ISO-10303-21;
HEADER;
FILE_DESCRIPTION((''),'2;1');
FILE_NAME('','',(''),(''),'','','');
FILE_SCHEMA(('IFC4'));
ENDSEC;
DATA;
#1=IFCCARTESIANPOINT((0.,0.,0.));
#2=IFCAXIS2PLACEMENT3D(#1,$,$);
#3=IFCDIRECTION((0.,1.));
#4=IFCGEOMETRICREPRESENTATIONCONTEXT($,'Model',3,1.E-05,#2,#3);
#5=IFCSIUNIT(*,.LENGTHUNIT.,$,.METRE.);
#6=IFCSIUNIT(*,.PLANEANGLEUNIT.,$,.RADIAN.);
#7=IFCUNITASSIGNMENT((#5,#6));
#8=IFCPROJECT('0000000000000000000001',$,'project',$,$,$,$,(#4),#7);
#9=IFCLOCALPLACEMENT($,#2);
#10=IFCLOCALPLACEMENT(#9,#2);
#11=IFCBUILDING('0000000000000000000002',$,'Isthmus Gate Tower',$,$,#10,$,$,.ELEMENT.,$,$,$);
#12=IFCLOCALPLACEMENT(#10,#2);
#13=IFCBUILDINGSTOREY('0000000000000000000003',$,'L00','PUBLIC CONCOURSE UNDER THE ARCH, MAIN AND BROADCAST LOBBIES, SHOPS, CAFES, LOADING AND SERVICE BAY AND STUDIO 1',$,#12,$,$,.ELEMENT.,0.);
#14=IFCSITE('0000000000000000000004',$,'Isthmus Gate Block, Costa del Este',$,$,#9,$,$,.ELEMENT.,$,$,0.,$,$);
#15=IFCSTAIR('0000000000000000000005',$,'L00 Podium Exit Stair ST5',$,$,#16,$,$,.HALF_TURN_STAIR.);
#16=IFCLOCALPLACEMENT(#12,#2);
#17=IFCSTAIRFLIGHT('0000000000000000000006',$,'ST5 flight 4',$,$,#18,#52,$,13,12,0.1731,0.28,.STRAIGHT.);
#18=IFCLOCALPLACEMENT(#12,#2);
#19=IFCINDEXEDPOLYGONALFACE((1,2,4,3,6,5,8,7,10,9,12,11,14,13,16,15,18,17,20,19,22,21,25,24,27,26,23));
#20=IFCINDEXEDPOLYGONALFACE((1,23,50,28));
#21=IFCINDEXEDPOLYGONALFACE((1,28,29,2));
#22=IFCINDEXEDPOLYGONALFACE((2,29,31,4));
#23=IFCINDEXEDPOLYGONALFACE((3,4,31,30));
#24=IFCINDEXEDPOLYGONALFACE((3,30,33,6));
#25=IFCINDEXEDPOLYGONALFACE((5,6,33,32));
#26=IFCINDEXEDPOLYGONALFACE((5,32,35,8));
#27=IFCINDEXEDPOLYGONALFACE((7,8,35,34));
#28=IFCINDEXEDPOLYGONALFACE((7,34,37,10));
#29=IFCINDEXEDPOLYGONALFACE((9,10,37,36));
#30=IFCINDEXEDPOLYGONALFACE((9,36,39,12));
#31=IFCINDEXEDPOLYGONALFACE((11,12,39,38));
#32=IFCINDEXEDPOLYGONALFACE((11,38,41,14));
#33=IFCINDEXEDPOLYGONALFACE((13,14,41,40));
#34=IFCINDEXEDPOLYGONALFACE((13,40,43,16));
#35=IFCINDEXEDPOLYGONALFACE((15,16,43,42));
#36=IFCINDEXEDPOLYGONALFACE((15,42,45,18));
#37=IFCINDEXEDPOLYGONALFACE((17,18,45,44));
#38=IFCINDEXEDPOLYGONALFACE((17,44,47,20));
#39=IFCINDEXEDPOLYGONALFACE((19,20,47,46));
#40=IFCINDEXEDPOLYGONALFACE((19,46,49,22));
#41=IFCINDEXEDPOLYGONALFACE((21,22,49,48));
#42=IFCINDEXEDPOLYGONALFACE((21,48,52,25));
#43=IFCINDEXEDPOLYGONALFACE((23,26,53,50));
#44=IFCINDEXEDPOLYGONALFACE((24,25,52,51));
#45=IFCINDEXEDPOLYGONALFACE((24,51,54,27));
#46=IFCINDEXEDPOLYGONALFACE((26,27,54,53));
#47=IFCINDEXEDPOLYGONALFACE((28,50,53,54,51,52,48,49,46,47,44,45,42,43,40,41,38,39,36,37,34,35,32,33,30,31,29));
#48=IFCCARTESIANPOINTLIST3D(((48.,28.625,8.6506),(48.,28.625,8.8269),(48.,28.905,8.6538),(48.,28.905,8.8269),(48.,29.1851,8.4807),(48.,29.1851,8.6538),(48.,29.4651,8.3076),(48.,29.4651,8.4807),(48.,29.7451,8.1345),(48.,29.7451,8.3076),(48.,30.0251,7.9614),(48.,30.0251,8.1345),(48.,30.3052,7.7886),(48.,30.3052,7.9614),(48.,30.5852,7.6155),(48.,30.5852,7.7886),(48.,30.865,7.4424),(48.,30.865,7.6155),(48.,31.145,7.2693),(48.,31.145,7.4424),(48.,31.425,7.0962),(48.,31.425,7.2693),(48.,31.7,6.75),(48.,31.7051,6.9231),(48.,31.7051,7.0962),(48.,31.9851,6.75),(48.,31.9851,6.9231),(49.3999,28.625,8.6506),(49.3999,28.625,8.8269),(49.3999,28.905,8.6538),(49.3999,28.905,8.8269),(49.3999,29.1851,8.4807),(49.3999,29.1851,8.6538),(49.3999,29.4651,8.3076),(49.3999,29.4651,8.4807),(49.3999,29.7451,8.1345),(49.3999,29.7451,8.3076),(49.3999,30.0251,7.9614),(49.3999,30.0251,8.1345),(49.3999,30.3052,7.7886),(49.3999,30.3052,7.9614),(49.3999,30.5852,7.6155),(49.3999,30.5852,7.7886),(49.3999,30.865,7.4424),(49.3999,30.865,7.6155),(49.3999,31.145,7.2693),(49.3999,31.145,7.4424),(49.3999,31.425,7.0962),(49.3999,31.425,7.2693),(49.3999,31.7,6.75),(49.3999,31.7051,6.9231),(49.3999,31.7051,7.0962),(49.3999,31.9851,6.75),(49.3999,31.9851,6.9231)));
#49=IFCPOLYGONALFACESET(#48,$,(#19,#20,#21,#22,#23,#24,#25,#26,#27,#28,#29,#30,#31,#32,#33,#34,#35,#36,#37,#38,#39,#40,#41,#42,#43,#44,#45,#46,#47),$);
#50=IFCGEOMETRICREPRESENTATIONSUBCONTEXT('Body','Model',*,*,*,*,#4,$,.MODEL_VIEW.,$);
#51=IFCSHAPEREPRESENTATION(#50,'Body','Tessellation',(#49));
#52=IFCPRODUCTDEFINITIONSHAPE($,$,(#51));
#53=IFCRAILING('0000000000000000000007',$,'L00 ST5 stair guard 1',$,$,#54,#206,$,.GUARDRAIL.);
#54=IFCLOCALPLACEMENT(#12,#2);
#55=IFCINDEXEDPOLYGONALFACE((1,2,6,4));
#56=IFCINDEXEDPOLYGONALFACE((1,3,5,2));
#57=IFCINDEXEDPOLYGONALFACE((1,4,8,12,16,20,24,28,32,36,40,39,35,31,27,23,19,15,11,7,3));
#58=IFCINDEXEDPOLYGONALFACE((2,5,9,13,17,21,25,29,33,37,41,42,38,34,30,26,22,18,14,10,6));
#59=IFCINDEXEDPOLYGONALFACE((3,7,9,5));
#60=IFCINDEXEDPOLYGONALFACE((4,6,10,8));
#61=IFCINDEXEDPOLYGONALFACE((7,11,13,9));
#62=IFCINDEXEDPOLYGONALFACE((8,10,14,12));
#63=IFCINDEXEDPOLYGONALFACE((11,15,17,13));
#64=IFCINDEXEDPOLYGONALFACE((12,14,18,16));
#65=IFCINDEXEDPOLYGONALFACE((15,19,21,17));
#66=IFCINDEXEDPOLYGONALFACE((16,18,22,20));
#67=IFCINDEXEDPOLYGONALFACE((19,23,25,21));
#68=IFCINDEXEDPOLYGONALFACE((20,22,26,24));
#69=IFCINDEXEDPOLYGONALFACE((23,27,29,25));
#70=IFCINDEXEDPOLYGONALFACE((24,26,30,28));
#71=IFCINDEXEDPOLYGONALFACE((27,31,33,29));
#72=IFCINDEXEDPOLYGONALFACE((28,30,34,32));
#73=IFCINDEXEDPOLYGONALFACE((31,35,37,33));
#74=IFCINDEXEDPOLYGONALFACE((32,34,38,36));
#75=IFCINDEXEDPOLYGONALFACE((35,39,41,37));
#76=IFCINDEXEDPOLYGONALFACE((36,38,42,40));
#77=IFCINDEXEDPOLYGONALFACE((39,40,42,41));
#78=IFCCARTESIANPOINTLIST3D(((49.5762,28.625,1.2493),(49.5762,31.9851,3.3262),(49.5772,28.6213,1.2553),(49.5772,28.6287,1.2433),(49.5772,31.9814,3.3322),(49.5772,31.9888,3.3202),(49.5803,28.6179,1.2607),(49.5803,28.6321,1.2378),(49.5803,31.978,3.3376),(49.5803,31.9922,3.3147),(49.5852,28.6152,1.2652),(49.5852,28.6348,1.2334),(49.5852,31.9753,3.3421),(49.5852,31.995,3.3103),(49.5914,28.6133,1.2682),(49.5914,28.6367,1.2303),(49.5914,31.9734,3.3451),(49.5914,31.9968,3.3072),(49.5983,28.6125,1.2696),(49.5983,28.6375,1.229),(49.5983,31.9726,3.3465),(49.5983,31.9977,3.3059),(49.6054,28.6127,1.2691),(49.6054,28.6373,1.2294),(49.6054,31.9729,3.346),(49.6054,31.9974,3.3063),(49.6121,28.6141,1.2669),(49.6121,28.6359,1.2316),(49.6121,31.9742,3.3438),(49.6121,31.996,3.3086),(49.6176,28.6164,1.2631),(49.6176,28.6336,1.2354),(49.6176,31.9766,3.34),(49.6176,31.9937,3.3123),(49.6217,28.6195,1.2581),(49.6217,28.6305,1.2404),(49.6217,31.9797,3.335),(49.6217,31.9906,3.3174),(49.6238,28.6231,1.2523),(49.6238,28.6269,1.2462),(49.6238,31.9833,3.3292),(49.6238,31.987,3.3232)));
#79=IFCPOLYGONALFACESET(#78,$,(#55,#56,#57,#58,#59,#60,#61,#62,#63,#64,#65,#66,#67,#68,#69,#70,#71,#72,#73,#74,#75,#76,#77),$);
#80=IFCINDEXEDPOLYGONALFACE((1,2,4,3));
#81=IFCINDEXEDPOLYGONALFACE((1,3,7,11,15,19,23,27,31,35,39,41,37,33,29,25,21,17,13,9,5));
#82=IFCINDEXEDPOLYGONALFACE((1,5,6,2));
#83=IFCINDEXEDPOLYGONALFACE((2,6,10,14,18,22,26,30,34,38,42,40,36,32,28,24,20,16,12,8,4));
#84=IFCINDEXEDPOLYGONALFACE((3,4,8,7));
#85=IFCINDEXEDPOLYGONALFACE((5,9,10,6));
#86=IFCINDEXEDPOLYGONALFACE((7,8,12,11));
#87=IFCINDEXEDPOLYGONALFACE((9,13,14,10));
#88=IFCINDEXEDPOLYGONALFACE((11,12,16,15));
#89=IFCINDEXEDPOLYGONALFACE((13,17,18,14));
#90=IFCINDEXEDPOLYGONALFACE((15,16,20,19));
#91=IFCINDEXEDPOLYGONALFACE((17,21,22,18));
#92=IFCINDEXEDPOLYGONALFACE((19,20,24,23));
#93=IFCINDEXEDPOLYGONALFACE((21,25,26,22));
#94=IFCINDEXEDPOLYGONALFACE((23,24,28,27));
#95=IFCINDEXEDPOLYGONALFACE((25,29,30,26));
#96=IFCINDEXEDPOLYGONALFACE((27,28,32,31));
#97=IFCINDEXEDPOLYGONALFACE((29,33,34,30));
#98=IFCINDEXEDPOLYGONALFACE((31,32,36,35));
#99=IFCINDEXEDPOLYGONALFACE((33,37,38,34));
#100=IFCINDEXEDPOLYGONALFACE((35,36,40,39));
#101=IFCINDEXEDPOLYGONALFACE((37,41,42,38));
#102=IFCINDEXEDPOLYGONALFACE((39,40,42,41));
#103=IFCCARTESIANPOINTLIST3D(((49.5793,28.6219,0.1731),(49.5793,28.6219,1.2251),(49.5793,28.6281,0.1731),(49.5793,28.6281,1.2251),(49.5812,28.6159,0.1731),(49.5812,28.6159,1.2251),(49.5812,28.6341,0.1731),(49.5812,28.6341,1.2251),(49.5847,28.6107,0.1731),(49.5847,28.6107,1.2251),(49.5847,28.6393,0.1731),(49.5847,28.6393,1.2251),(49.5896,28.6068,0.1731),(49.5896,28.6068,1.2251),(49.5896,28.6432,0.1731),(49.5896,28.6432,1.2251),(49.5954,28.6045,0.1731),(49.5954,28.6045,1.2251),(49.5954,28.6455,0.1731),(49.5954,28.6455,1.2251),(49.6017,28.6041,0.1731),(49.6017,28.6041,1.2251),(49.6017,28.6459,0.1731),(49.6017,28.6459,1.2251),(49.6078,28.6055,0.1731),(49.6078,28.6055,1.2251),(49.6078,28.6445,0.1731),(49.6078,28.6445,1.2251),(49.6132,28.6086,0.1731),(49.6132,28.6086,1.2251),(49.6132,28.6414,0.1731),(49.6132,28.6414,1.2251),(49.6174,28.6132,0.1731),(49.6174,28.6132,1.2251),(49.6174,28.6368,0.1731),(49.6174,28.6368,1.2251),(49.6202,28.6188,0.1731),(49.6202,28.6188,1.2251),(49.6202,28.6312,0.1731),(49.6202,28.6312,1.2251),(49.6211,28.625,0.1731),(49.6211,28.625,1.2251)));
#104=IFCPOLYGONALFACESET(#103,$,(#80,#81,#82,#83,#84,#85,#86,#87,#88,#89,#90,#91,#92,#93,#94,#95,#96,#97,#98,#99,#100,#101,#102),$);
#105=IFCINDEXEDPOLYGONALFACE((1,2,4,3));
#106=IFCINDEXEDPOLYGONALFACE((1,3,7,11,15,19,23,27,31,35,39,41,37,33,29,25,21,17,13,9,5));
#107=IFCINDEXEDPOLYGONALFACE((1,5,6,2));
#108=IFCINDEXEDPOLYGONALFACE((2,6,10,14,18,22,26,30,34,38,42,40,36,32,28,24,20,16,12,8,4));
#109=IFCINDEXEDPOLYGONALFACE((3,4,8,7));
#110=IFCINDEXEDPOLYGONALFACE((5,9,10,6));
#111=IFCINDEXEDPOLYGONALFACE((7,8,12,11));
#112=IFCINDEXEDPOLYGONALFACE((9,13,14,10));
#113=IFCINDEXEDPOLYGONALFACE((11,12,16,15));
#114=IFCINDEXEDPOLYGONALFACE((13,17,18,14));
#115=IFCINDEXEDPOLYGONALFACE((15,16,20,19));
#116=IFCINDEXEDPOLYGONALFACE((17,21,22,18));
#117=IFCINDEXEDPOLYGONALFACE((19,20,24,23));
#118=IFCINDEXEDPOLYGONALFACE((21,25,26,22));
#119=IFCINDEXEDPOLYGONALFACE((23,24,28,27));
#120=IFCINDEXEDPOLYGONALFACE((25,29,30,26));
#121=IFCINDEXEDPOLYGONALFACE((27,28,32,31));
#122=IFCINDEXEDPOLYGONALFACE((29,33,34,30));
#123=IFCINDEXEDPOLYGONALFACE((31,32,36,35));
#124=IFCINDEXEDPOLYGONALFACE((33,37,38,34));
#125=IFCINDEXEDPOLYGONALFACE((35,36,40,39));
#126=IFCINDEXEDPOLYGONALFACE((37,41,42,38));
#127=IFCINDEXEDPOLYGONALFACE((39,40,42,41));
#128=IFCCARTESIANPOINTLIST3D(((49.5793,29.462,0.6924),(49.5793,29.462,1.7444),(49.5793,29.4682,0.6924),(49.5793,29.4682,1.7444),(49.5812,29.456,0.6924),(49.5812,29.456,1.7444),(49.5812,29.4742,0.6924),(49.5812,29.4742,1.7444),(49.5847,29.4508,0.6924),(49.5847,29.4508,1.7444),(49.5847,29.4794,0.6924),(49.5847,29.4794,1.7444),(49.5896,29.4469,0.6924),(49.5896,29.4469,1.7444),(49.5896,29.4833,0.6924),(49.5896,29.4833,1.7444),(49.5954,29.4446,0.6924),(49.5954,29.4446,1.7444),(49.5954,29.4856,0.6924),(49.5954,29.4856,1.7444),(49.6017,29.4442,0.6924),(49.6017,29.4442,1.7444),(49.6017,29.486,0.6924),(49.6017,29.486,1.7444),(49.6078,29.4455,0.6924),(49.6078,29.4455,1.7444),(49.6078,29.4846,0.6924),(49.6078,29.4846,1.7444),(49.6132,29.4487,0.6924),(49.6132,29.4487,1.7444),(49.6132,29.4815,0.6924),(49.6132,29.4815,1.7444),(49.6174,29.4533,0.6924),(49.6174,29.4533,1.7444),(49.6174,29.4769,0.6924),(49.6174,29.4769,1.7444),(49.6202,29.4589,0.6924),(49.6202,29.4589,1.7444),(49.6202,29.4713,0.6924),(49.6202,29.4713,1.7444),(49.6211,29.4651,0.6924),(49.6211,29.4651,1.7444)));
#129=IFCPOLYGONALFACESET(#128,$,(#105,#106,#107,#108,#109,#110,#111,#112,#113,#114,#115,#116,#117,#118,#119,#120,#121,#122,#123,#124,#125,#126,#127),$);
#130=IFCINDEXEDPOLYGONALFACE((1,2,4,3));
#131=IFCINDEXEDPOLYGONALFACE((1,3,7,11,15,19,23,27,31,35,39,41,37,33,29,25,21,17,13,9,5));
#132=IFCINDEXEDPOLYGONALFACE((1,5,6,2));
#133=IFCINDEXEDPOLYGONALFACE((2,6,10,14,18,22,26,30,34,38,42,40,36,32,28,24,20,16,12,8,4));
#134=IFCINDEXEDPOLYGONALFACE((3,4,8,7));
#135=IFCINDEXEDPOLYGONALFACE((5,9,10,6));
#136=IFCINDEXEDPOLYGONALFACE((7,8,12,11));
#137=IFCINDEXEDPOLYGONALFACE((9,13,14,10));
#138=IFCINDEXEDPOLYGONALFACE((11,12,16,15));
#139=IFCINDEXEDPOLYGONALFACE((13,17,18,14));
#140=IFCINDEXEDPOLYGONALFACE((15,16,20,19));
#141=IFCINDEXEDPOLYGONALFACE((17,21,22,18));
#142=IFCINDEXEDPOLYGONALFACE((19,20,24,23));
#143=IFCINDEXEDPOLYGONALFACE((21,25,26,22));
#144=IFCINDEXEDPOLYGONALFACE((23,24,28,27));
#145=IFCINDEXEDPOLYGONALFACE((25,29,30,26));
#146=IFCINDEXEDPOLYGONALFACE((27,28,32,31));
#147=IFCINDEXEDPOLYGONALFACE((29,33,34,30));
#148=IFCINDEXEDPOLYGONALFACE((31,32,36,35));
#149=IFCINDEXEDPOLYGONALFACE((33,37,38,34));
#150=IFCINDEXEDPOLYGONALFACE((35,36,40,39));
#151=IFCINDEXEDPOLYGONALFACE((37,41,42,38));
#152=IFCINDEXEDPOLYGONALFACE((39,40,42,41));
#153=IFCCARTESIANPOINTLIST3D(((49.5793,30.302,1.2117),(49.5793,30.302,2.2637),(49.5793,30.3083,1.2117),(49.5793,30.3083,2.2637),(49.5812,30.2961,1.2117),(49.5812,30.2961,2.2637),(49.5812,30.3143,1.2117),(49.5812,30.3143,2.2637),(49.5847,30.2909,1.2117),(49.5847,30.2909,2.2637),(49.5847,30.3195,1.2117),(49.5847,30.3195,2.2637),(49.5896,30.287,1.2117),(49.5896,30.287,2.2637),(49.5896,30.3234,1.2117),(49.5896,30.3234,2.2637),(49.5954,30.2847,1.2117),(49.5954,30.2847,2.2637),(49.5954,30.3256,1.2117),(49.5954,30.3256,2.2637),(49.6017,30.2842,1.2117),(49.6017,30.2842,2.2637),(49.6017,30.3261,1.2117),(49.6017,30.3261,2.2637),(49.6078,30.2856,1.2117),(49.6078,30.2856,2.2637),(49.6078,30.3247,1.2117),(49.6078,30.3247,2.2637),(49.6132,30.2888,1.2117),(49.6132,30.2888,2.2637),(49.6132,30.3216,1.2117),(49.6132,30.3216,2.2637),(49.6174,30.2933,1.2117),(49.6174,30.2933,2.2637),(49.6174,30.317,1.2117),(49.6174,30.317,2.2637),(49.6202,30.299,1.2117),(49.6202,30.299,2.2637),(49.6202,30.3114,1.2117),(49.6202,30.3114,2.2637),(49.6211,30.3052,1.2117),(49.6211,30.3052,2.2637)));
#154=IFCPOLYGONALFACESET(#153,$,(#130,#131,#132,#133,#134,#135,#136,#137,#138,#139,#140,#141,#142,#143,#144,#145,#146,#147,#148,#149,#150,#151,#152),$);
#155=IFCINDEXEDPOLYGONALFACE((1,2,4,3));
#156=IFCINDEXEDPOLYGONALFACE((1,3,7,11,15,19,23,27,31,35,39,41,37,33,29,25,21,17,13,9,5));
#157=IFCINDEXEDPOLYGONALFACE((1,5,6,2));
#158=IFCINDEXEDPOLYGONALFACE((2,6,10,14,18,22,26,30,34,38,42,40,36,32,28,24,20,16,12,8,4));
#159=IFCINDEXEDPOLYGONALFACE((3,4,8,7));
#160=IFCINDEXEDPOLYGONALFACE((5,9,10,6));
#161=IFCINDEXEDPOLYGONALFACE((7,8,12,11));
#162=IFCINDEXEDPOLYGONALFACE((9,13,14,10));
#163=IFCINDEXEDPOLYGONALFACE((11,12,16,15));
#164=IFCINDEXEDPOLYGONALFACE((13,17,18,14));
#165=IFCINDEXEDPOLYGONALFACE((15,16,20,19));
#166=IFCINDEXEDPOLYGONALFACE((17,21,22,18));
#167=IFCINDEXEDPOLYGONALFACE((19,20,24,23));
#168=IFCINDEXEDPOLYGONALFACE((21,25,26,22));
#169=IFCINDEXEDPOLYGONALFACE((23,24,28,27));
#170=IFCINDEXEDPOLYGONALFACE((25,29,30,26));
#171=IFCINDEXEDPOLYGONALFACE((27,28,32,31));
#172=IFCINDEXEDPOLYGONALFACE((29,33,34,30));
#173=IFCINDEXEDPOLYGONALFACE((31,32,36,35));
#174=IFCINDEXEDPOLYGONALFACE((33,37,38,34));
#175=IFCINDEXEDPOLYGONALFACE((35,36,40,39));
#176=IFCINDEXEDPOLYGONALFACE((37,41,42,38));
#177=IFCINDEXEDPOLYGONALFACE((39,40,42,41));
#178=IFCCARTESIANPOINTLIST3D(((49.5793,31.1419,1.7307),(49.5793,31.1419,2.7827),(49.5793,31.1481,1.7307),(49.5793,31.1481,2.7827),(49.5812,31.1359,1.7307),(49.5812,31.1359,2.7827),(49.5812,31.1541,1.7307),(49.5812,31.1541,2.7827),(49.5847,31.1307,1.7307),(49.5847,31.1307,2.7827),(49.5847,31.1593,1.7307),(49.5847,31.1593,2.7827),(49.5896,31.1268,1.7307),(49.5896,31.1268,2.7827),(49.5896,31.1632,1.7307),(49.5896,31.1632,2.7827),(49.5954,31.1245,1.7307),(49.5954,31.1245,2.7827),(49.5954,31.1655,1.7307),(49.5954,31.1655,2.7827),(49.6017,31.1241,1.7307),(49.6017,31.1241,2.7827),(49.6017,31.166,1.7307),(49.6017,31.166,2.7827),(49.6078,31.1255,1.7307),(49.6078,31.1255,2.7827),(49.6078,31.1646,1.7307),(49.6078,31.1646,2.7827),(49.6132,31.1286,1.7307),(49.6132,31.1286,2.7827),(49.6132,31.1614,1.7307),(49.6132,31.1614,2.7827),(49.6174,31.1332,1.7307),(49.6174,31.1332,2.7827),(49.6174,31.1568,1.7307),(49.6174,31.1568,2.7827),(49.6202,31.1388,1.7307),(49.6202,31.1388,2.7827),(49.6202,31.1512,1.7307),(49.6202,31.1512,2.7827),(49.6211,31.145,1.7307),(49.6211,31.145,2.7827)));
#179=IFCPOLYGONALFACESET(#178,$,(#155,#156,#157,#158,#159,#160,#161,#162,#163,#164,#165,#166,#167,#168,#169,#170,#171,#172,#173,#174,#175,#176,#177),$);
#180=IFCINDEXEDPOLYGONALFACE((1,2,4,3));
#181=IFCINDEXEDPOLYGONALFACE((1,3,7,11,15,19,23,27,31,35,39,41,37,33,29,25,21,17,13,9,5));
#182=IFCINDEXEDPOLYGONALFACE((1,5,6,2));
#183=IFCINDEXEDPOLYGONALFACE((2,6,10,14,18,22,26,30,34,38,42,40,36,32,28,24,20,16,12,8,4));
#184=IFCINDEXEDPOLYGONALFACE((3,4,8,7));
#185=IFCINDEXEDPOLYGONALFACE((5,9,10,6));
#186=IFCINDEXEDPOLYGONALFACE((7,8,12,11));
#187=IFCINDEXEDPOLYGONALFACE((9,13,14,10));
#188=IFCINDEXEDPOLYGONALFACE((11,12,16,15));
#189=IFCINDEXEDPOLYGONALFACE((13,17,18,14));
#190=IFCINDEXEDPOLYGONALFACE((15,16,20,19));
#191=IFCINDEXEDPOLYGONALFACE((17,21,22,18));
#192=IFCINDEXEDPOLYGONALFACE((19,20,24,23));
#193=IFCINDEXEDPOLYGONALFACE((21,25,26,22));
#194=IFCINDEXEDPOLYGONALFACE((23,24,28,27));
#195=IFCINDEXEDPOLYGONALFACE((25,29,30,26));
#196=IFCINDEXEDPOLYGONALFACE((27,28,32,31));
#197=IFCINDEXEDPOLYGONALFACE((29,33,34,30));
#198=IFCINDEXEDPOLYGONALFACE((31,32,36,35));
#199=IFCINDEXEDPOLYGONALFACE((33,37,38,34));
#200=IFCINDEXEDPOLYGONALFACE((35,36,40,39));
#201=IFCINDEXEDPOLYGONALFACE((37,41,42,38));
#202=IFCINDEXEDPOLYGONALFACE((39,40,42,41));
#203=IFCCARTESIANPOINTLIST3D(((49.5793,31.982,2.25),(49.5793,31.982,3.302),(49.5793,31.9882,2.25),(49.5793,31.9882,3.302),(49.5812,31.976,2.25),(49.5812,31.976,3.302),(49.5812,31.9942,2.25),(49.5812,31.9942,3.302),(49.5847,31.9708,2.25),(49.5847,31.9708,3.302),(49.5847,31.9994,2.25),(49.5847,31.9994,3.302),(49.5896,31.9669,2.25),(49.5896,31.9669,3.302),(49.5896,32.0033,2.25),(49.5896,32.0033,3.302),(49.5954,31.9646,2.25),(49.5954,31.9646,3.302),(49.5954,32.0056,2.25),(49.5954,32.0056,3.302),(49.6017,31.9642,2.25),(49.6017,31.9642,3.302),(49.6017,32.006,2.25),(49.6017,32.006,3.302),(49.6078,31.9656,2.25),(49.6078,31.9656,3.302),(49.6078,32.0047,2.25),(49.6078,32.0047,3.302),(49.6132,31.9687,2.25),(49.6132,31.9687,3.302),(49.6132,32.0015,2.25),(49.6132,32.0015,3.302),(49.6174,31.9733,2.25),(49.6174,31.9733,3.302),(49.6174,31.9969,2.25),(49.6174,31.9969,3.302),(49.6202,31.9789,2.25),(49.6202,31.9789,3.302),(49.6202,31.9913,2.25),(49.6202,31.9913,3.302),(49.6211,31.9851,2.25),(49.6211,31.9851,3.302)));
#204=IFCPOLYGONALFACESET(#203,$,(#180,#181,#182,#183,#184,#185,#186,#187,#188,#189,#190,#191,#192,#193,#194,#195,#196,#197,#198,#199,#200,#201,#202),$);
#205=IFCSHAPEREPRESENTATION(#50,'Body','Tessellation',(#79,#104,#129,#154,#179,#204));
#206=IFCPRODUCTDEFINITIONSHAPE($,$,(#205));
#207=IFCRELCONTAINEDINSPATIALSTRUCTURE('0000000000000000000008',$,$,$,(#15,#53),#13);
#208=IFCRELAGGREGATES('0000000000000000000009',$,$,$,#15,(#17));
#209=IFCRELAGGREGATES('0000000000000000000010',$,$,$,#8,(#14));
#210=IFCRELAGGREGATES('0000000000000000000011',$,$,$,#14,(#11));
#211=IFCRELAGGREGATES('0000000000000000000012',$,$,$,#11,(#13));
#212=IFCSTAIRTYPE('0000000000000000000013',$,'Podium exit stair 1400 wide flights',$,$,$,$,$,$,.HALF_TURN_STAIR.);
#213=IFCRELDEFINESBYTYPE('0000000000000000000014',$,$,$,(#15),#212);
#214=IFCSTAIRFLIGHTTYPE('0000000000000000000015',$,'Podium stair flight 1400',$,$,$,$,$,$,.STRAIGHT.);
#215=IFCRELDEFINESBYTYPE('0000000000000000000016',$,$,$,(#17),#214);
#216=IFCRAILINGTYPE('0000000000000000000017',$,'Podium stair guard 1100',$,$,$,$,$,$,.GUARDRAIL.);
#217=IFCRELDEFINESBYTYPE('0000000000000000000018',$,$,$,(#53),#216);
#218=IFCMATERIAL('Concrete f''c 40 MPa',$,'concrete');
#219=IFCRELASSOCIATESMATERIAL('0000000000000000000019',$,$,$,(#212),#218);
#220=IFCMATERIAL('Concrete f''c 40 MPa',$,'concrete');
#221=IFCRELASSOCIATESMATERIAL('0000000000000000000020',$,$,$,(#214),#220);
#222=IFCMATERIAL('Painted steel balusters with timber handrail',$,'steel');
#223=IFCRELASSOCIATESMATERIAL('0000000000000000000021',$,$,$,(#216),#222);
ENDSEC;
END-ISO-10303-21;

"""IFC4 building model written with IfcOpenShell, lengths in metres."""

from ifc_helpers import new_model, si_unit, direction, frame, origin, origin_2d, place, context, subcontext, project, spatial, polyline, circle, outline, extrude, material, type_object, element, aggregate, save


model = new_model("IFC4")

# Units and contexts
model_context = context("Model", 3, precision=1e-05, world=origin(), true_north=direction((0.0, 1.0)))
body_context = subcontext(model_context, "Body", "Model", "MODEL_VIEW")
ifc_project = project(units=[si_unit("LENGTHUNIT", "METRE"), si_unit("PLANEANGLEUNIT", "RADIAN")], contexts=[model_context])

# Site, building, storey
site_placement = place(None, origin())
site = spatial("IfcSite", under=ifc_project, at=site_placement, Name="Isthmus Gate Block, Costa del Este", CompositionType="ELEMENT", RefElevation=0.0)
building_placement = place(site_placement, origin())
building = spatial("IfcBuilding", under=site, at=building_placement, Name="Isthmus Gate Tower", CompositionType="ELEMENT")
storey_placement = place(building_placement, origin())
storey = spatial("IfcBuildingStorey", under=building, at=storey_placement, Name="L00", Description="PUBLIC CONCOURSE UNDER THE ARCH, MAIN AND BROADCAST LOBBIES, SHOPS, CAFES, LOADING AND SERVICE BAY AND STUDIO 1", CompositionType="ELEMENT", Elevation=0.0)

# Stair, stair flight
ifc_material_1 = material(Name="Concrete f'c 40 MPa", Category="concrete")
stair_type = type_object("IfcStairType", Name="Podium exit stair 1400 wide flights", PredefinedType="HALF_TURN_STAIR", material=ifc_material_1)
stair_placement = place(storey_placement, origin())
stair = element("IfcStair", 1, at=stair_placement, inside=storey, type_object=stair_type, Name="L00 Podium Exit Stair ST5", PredefinedType="HALF_TURN_STAIR")
ifc_material_2 = material(Name="Concrete f'c 40 MPa", Category="concrete")
stair_flight_type = type_object("IfcStairFlightType", Name="Podium stair flight 1400", PredefinedType="STRAIGHT", material=ifc_material_2)
stair_flight_1_placement = place(storey_placement, frame((48.7, 31.9851, 6.75), z_axis=(0.0, 0.0, 1.0), x_axis=(0.0, -1.0, 0.0)))
stair_flight_1 = element("IfcStairFlight", 2, at=stair_flight_1_placement, type_object=stair_flight_type, Name="ST5 flight 4", NumberOfRisers=13, NumberOfTreads=12, PredefinedType="STRAIGHT", RiserHeight=0.1731, TreadLength=0.28, context=body_context, shape_type="SweptSolid", body=[
    extrude(outline(polyline([(0.0, 0.0), (0.0, 0.1731), (0.28, 0.1731), (0.28, 0.3462), (0.5601, 0.3462), (0.5601, 0.5193), (0.8401, 0.5193), (0.8401, 0.6924), (1.1201, 0.6924), (1.1201, 0.8655), (1.3999, 0.8655), (1.3999, 1.0386), (1.6799, 1.0386), (1.6799, 1.2114), (1.96, 1.2114), (1.96, 1.3845), (2.24, 1.3845), (2.24, 1.5576), (2.52, 1.5576), (2.52, 1.7307), (2.8, 1.7307), (2.8, 1.9038), (3.0801, 1.9038), (3.0801, 2.0769), (3.3601, 2.0769), (3.3601, 2.25), (3.3601, 1.9006), (0.2852, 0.0), (0.0, 0.0)])), frame((0.0, 0.7, 0.0), z_axis=(0.0, -1.0, 0.0), x_axis=(1.0, 0.0, 0.0)), (0.0, 0.0, 1.0), 1.3999),
])
aggregate(stair, [stair_flight_1])

# Railing
ifc_material_3 = material(Name="Painted steel balusters with timber handrail", Category="steel")
railing_type_1 = type_object("IfcRailingType", Name="Podium stair guard 1100", PredefinedType="GUARDRAIL", material=ifc_material_3)
railing_1_placement = place(storey_placement, frame((49.6001, 28.625, 0.1731)))
element("IfcRailing", 3, at=railing_1_placement, inside=storey, type_object=railing_type_1, Name="L00 ST5 stair guard 1", PredefinedType="GUARDRAIL", context=body_context, shape_type="SweptSolid", body=[
    extrude(circle(Radius=0.0239, at=origin_2d()), frame((0.0, 0.0, 1.0762), z_axis=(0.0, 0.850623, 0.525776), x_axis=(-1.0, 0.0, 0.0)), (0.0, 0.0, 1.0), 3.9502),
    extrude(circle(Radius=0.021, at=origin_2d()), origin(), (0.0, 0.0, 1.0), 1.052),
    extrude(circle(Radius=0.021, at=origin_2d()), frame((0.0, 0.8401, 0.5193)), (0.0, 0.0, 1.0), 1.052),
    extrude(circle(Radius=0.021, at=origin_2d()), frame((0.0, 1.6802, 1.0386)), (0.0, 0.0, 1.0), 1.052),
    extrude(circle(Radius=0.021, at=origin_2d()), frame((0.0, 2.52, 1.5576)), (0.0, 0.0, 1.0), 1.052),
    extrude(circle(Radius=0.021, at=origin_2d()), frame((0.0, 3.3601, 2.0769)), (0.0, 0.0, 1.0), 1.052),
])

save(model, "model.ifc")
